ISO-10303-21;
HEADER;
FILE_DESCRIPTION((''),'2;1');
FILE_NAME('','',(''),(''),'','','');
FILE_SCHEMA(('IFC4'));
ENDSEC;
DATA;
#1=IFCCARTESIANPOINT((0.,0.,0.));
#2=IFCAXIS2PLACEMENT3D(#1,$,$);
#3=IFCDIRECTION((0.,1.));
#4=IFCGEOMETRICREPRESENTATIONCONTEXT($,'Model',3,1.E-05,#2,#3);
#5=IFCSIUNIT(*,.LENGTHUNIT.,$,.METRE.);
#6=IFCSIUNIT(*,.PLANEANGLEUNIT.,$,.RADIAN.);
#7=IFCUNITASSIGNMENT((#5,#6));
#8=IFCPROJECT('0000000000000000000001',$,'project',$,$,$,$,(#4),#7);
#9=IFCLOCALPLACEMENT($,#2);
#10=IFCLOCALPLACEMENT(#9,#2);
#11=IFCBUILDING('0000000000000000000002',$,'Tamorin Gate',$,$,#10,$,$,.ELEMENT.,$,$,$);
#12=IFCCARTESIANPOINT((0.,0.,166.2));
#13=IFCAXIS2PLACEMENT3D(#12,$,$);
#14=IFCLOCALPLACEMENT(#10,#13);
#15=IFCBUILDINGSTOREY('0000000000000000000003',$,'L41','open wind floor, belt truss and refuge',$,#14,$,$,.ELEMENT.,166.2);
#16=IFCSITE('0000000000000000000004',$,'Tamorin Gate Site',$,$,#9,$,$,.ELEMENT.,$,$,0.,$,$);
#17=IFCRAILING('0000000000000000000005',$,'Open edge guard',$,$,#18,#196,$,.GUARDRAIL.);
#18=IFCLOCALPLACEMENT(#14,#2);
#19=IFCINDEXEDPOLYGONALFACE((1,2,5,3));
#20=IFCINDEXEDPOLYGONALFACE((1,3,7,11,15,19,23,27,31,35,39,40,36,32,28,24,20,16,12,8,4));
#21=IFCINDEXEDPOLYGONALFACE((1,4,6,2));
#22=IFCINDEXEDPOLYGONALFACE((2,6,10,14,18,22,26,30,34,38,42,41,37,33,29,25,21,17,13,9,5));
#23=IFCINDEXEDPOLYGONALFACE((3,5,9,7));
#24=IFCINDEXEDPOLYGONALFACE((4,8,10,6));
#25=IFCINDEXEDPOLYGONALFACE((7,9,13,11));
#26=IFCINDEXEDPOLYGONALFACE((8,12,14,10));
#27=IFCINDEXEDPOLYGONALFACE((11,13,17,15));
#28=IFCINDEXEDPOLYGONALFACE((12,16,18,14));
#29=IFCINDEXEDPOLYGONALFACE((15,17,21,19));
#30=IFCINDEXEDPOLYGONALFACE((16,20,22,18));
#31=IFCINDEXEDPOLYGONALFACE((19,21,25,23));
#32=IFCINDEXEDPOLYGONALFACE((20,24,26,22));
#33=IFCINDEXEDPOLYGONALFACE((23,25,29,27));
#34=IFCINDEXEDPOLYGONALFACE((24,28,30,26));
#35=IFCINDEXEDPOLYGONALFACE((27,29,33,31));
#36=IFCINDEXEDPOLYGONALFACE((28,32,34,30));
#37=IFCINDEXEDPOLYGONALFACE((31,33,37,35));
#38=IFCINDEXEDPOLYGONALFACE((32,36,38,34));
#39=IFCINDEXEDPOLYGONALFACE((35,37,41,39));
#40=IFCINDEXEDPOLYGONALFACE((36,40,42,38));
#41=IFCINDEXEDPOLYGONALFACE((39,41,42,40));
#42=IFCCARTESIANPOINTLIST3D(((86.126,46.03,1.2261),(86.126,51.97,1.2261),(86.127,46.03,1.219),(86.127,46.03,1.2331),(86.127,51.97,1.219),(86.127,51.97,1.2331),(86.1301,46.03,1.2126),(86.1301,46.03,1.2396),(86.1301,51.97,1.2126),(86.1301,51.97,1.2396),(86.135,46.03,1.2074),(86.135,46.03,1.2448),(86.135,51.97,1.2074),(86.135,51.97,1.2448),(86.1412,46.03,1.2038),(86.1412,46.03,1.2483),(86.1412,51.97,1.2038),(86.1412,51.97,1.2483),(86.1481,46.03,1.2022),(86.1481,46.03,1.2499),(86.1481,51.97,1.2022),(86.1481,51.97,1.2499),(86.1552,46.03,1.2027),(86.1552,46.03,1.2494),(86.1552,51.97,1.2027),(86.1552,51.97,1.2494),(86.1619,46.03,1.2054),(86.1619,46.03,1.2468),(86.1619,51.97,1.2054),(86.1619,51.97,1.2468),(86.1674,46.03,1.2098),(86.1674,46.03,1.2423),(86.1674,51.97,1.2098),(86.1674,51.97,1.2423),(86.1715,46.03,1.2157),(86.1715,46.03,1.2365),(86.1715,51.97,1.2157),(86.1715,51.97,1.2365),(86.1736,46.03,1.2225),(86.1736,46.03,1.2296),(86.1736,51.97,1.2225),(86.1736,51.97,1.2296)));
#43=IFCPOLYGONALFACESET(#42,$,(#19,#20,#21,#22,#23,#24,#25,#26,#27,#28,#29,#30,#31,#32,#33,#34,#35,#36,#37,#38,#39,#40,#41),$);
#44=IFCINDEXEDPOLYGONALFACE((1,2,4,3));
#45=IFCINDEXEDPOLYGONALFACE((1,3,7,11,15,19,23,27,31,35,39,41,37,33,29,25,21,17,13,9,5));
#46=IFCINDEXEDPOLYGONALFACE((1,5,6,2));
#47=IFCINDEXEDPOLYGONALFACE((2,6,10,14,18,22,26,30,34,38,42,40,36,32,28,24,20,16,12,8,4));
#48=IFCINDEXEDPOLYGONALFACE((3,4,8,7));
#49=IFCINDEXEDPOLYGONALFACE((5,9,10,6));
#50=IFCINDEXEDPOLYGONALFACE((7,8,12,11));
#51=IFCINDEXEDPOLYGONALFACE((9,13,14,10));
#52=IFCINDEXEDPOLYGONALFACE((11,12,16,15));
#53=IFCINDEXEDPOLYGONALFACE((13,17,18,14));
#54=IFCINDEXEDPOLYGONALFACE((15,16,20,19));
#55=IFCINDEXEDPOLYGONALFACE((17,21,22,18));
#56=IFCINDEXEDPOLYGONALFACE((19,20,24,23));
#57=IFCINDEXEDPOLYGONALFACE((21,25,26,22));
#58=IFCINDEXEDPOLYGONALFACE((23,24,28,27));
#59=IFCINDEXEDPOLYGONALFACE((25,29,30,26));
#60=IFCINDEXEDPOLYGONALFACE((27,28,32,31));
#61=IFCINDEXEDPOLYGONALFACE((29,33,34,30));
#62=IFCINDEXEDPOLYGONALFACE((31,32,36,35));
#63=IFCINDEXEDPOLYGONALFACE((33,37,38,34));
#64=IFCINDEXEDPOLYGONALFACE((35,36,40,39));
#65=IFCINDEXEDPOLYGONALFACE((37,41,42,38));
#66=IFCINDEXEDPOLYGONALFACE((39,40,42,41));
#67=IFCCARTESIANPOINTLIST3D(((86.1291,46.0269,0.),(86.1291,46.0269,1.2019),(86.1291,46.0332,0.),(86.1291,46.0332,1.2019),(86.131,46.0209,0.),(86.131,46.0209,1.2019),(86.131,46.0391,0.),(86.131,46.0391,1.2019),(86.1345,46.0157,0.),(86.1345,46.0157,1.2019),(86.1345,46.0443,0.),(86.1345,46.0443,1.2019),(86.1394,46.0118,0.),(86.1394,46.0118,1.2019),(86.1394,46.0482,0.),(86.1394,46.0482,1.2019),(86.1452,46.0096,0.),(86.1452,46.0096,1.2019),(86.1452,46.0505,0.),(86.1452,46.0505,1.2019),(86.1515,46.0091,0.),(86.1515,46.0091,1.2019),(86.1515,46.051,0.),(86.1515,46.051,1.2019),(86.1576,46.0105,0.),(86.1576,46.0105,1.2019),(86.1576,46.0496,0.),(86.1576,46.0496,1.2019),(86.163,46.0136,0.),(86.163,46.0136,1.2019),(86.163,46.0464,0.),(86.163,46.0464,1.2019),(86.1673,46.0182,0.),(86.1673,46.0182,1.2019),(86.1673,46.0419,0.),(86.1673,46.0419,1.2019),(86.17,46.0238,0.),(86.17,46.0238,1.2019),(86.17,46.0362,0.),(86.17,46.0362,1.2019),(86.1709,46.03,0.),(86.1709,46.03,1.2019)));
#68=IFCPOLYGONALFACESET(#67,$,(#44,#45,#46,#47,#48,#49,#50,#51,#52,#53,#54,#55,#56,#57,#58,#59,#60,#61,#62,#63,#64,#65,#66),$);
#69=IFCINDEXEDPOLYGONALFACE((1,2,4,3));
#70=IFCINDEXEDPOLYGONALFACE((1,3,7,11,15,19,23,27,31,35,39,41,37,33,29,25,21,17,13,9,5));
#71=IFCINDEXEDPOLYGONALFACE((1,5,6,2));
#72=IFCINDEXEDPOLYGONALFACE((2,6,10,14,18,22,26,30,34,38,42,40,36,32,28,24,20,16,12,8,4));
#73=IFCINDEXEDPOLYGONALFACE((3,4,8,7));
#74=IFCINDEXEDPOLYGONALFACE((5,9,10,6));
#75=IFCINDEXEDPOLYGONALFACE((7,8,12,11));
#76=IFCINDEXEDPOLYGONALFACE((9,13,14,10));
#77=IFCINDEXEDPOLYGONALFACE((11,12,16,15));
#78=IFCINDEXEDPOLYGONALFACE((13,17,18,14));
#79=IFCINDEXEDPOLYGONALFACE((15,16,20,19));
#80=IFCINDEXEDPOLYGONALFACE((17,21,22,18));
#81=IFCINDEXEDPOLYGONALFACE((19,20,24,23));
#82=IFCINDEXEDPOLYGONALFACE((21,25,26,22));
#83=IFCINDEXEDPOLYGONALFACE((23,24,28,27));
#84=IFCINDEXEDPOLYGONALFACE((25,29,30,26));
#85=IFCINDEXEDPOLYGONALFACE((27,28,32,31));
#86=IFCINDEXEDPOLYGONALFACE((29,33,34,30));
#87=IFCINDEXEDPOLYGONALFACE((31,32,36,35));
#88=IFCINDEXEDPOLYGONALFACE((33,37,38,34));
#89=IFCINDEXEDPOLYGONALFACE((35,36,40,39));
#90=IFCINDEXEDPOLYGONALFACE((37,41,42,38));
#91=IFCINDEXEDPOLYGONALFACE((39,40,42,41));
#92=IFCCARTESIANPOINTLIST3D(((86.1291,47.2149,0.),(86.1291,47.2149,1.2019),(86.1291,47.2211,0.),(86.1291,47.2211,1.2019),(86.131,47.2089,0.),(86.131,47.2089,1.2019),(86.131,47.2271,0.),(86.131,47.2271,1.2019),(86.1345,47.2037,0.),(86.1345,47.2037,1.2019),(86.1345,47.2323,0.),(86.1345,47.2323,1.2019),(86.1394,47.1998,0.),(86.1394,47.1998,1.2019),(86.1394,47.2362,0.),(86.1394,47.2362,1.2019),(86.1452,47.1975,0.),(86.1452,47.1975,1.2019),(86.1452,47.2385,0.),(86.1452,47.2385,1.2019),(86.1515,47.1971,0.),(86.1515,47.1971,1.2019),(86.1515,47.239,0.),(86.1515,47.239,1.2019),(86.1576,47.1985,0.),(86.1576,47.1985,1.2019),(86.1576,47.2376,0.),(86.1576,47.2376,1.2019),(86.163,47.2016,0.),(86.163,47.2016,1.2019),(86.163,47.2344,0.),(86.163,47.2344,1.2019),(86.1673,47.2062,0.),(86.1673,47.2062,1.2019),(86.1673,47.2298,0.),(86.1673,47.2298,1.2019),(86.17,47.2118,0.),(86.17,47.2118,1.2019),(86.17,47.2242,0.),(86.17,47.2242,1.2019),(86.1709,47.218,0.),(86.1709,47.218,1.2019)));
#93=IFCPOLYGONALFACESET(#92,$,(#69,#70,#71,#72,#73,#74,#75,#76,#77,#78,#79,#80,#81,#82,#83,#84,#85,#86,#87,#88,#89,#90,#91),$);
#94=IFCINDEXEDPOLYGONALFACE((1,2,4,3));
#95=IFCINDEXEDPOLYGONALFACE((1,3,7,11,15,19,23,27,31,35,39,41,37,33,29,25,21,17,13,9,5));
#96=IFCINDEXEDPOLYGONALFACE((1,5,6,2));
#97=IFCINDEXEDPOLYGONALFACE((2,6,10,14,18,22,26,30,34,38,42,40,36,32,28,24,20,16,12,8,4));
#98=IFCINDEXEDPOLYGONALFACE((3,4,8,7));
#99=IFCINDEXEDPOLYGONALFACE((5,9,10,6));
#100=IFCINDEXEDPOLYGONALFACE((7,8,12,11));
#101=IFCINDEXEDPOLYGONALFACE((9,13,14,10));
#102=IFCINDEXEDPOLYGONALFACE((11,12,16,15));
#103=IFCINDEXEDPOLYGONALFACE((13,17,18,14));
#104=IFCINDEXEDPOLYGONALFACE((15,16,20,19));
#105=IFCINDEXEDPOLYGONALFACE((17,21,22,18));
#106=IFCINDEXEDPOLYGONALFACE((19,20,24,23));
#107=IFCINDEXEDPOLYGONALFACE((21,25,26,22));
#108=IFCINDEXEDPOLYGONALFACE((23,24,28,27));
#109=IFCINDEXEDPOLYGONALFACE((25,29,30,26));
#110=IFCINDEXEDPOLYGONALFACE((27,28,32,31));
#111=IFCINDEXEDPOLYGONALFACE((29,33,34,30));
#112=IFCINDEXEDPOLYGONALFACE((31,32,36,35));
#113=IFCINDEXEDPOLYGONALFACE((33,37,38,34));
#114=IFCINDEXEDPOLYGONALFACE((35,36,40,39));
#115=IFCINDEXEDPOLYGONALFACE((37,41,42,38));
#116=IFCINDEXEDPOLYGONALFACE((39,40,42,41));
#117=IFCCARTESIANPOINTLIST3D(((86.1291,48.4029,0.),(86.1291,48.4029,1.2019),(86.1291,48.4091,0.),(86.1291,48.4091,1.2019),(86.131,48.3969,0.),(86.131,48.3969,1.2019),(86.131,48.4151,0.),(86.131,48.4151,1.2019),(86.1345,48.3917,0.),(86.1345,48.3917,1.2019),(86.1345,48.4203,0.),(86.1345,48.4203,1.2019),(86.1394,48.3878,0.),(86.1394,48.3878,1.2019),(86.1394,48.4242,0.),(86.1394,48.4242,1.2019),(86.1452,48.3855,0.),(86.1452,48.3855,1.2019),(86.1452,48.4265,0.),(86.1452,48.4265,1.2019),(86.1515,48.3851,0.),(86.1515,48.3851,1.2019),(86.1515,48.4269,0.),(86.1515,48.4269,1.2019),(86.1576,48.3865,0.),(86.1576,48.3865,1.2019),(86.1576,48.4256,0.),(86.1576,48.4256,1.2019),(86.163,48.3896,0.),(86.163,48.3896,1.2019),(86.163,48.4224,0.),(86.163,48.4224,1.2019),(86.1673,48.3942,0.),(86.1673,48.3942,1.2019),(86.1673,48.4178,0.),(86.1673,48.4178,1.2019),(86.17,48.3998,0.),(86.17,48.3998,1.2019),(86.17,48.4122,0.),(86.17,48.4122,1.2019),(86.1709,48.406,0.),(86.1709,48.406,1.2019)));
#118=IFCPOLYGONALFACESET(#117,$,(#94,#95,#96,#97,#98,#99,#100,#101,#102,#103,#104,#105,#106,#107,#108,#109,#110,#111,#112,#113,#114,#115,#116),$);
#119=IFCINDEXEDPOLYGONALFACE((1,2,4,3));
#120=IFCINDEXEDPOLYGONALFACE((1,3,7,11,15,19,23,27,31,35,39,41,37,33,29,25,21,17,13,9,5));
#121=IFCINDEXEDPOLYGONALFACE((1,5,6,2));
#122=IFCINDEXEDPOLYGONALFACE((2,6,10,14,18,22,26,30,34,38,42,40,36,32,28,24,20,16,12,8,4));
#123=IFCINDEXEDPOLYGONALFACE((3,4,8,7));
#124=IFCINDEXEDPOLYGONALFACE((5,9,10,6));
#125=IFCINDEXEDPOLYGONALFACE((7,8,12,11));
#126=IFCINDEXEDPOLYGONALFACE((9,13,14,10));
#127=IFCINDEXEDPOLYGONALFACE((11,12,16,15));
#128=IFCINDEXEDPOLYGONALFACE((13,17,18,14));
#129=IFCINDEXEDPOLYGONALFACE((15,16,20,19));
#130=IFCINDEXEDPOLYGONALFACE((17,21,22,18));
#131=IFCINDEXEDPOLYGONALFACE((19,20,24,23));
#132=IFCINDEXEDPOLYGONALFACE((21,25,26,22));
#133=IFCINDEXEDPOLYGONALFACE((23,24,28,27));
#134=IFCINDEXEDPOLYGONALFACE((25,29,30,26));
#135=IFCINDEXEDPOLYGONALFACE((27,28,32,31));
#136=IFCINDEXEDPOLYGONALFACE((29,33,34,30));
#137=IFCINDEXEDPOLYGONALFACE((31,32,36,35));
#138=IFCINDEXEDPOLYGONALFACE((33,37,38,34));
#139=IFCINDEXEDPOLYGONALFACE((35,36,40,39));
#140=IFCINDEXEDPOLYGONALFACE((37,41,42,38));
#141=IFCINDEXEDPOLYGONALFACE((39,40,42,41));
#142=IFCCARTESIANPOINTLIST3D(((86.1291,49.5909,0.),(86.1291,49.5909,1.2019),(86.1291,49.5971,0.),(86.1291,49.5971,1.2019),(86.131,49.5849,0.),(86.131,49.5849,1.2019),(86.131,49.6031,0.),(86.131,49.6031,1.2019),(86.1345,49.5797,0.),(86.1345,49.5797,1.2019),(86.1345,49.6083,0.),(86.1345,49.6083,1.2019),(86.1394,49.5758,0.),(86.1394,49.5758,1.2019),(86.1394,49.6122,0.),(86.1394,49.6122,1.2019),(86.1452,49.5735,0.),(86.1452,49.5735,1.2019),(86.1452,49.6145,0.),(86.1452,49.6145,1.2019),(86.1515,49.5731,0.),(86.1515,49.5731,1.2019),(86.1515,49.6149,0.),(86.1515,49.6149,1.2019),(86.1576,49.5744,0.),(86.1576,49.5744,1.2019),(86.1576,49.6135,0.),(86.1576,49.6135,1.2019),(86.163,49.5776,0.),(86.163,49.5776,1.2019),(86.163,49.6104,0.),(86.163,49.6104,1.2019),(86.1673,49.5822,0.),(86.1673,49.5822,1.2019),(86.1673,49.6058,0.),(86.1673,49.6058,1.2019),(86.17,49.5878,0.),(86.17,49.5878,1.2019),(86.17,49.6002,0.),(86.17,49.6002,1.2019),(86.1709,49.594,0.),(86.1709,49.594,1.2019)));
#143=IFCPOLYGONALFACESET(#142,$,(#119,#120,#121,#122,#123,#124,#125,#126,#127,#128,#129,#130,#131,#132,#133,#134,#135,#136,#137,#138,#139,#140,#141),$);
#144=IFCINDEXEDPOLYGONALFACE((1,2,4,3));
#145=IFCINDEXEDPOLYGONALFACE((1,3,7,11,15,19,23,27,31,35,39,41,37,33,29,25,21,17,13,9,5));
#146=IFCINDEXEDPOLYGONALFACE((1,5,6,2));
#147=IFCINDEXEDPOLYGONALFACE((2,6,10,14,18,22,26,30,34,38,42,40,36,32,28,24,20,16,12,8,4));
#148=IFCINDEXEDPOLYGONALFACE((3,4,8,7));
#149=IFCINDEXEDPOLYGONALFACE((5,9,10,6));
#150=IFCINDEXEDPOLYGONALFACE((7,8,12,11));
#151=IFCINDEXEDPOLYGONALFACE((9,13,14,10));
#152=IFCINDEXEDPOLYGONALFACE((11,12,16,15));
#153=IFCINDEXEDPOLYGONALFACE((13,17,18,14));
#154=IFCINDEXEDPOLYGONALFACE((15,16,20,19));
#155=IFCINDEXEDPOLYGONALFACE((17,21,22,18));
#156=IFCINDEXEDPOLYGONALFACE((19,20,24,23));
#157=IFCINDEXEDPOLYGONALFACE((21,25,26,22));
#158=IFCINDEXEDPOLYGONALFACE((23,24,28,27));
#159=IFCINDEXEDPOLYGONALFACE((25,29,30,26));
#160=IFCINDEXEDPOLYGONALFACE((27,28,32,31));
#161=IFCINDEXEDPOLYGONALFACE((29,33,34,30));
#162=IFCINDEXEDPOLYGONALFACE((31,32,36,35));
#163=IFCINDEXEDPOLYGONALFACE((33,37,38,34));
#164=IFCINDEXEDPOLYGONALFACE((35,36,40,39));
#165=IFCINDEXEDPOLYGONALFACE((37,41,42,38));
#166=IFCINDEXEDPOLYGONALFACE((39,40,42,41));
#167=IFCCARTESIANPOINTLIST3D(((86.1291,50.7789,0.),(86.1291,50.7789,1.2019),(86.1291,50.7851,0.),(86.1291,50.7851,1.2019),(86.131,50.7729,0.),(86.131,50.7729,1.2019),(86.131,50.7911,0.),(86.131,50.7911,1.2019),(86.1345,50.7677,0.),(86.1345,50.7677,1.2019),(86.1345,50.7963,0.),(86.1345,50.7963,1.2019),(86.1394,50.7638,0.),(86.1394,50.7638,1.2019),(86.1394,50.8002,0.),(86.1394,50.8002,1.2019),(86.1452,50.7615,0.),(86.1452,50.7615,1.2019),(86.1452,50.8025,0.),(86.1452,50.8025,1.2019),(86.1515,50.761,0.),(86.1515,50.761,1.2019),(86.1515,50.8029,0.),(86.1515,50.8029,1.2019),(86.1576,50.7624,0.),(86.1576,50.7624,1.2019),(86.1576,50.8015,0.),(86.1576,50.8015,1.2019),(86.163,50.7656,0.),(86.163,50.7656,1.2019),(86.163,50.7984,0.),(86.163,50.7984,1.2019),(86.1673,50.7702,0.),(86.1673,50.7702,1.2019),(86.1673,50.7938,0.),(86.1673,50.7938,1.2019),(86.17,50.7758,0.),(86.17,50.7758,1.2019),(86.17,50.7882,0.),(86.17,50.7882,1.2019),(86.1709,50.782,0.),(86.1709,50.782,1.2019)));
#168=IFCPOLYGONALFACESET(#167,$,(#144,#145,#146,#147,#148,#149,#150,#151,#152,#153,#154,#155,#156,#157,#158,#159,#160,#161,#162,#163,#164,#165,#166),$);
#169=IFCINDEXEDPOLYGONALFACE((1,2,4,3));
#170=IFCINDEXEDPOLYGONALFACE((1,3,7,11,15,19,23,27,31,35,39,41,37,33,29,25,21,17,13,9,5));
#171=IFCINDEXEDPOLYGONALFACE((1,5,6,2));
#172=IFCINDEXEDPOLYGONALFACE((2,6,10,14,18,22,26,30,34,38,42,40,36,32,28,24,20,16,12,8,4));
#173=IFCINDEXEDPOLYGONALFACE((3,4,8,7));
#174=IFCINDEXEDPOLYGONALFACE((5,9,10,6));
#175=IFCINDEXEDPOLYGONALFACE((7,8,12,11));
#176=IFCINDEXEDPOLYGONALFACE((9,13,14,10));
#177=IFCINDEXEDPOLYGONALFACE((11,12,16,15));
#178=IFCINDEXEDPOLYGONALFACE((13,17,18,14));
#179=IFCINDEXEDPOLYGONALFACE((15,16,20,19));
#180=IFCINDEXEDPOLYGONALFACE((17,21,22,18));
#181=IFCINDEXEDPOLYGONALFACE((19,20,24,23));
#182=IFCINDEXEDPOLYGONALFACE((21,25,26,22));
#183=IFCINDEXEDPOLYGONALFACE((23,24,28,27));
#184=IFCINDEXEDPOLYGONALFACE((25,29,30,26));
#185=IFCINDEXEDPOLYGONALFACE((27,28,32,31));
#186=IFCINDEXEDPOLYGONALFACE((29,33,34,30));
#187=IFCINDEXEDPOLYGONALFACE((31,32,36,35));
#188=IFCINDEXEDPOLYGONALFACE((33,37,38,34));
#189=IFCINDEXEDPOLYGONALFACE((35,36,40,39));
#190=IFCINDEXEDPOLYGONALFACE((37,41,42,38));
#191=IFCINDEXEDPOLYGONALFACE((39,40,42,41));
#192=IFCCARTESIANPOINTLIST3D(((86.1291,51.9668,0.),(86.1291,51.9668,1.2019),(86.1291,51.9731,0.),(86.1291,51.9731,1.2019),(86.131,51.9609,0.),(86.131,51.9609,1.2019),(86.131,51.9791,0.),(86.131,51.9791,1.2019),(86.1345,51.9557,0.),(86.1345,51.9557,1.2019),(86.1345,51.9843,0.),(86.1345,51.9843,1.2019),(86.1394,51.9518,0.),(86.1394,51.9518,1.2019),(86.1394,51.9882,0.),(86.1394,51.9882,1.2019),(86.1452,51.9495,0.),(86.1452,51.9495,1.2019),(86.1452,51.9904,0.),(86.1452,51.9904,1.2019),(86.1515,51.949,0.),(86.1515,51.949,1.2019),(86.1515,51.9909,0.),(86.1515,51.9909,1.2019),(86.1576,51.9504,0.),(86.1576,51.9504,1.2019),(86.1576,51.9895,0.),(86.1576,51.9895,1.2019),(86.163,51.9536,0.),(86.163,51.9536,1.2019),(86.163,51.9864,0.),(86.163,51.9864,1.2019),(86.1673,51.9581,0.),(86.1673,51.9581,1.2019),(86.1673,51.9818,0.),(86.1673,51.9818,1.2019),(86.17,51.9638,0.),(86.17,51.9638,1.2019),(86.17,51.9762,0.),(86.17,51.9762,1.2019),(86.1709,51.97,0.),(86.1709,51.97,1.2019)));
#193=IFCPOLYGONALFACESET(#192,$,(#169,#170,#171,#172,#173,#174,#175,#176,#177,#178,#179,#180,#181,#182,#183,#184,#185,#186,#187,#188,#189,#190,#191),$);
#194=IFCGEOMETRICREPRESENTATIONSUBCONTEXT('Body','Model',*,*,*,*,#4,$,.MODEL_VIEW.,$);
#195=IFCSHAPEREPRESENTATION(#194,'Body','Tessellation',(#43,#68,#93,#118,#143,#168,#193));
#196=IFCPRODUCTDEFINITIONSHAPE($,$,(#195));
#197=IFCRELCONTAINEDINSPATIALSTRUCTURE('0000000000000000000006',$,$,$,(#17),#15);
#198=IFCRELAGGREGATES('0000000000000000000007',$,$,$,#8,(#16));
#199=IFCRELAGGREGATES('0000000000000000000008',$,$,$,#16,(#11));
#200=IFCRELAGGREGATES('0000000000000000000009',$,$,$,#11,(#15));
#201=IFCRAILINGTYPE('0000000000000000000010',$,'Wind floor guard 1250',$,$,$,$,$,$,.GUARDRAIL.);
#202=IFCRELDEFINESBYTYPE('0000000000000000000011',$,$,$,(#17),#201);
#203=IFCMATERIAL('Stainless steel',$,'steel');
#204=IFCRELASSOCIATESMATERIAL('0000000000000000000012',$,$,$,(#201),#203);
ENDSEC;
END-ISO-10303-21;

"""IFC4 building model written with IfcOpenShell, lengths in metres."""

from ifc_helpers import new_model, si_unit, direction, frame, origin, origin_2d, place, context, subcontext, project, spatial, circle, extrude, material, type_object, element, save


model = new_model("IFC4")

# Units and contexts
model_context = context("Model", 3, precision=1e-05, world=origin(), true_north=direction((0.0, 1.0)))
body_context = subcontext(model_context, "Body", "Model", "MODEL_VIEW")
ifc_project = project(units=[si_unit("LENGTHUNIT", "METRE"), si_unit("PLANEANGLEUNIT", "RADIAN")], contexts=[model_context])

# Site, building, storey
site_placement = place(None, origin())
site = spatial("IfcSite", under=ifc_project, at=site_placement, Name="Tamorin Gate Site", CompositionType="ELEMENT", RefElevation=0.0)
building_placement = place(site_placement, origin())
building = spatial("IfcBuilding", under=site, at=building_placement, Name="Tamorin Gate", CompositionType="ELEMENT")
storey_placement = place(building_placement, frame((0.0, 0.0, 166.2)))
storey = spatial("IfcBuildingStorey", under=building, at=storey_placement, Name="L41", Description="open wind floor, belt truss and refuge", CompositionType="ELEMENT", Elevation=166.2)

# Railing
ifc_material_1 = material(Name="Stainless steel", Category="steel")
railing_type = type_object("IfcRailingType", Name="Wind floor guard 1250", PredefinedType="GUARDRAIL", material=ifc_material_1)
railing_1_placement = place(storey_placement, frame((86.1499, 46.03, 0.0)))
element("IfcRailing", 1, at=railing_1_placement, inside=storey, type_object=railing_type, Name="Open edge guard", PredefinedType="GUARDRAIL", context=body_context, shape_type="SweptSolid", body=[
    extrude(circle(Radius=0.0239, at=origin_2d()), frame((0.0, 0.0, 1.2261), z_axis=(0.0, 1.0, 0.0), x_axis=(-1.0, 0.0, 0.0)), (0.0, 0.0, 1.0), 5.9399),
    extrude(circle(Radius=0.021, at=origin_2d()), origin(), (0.0, 0.0, 1.0), 1.2019),
    extrude(circle(Radius=0.021, at=origin_2d()), frame((0.0, 1.188, 0.0)), (0.0, 0.0, 1.0), 1.2019),
    extrude(circle(Radius=0.021, at=origin_2d()), frame((0.0, 2.376, 0.0)), (0.0, 0.0, 1.0), 1.2019),
    extrude(circle(Radius=0.021, at=origin_2d()), frame((0.0, 3.564, 0.0)), (0.0, 0.0, 1.0), 1.2019),
    extrude(circle(Radius=0.021, at=origin_2d()), frame((0.0, 4.752, 0.0)), (0.0, 0.0, 1.0), 1.2019),
    extrude(circle(Radius=0.021, at=origin_2d()), frame((0.0, 5.9399, 0.0)), (0.0, 0.0, 1.0), 1.2019),
])

save(model, "model.ifc")
